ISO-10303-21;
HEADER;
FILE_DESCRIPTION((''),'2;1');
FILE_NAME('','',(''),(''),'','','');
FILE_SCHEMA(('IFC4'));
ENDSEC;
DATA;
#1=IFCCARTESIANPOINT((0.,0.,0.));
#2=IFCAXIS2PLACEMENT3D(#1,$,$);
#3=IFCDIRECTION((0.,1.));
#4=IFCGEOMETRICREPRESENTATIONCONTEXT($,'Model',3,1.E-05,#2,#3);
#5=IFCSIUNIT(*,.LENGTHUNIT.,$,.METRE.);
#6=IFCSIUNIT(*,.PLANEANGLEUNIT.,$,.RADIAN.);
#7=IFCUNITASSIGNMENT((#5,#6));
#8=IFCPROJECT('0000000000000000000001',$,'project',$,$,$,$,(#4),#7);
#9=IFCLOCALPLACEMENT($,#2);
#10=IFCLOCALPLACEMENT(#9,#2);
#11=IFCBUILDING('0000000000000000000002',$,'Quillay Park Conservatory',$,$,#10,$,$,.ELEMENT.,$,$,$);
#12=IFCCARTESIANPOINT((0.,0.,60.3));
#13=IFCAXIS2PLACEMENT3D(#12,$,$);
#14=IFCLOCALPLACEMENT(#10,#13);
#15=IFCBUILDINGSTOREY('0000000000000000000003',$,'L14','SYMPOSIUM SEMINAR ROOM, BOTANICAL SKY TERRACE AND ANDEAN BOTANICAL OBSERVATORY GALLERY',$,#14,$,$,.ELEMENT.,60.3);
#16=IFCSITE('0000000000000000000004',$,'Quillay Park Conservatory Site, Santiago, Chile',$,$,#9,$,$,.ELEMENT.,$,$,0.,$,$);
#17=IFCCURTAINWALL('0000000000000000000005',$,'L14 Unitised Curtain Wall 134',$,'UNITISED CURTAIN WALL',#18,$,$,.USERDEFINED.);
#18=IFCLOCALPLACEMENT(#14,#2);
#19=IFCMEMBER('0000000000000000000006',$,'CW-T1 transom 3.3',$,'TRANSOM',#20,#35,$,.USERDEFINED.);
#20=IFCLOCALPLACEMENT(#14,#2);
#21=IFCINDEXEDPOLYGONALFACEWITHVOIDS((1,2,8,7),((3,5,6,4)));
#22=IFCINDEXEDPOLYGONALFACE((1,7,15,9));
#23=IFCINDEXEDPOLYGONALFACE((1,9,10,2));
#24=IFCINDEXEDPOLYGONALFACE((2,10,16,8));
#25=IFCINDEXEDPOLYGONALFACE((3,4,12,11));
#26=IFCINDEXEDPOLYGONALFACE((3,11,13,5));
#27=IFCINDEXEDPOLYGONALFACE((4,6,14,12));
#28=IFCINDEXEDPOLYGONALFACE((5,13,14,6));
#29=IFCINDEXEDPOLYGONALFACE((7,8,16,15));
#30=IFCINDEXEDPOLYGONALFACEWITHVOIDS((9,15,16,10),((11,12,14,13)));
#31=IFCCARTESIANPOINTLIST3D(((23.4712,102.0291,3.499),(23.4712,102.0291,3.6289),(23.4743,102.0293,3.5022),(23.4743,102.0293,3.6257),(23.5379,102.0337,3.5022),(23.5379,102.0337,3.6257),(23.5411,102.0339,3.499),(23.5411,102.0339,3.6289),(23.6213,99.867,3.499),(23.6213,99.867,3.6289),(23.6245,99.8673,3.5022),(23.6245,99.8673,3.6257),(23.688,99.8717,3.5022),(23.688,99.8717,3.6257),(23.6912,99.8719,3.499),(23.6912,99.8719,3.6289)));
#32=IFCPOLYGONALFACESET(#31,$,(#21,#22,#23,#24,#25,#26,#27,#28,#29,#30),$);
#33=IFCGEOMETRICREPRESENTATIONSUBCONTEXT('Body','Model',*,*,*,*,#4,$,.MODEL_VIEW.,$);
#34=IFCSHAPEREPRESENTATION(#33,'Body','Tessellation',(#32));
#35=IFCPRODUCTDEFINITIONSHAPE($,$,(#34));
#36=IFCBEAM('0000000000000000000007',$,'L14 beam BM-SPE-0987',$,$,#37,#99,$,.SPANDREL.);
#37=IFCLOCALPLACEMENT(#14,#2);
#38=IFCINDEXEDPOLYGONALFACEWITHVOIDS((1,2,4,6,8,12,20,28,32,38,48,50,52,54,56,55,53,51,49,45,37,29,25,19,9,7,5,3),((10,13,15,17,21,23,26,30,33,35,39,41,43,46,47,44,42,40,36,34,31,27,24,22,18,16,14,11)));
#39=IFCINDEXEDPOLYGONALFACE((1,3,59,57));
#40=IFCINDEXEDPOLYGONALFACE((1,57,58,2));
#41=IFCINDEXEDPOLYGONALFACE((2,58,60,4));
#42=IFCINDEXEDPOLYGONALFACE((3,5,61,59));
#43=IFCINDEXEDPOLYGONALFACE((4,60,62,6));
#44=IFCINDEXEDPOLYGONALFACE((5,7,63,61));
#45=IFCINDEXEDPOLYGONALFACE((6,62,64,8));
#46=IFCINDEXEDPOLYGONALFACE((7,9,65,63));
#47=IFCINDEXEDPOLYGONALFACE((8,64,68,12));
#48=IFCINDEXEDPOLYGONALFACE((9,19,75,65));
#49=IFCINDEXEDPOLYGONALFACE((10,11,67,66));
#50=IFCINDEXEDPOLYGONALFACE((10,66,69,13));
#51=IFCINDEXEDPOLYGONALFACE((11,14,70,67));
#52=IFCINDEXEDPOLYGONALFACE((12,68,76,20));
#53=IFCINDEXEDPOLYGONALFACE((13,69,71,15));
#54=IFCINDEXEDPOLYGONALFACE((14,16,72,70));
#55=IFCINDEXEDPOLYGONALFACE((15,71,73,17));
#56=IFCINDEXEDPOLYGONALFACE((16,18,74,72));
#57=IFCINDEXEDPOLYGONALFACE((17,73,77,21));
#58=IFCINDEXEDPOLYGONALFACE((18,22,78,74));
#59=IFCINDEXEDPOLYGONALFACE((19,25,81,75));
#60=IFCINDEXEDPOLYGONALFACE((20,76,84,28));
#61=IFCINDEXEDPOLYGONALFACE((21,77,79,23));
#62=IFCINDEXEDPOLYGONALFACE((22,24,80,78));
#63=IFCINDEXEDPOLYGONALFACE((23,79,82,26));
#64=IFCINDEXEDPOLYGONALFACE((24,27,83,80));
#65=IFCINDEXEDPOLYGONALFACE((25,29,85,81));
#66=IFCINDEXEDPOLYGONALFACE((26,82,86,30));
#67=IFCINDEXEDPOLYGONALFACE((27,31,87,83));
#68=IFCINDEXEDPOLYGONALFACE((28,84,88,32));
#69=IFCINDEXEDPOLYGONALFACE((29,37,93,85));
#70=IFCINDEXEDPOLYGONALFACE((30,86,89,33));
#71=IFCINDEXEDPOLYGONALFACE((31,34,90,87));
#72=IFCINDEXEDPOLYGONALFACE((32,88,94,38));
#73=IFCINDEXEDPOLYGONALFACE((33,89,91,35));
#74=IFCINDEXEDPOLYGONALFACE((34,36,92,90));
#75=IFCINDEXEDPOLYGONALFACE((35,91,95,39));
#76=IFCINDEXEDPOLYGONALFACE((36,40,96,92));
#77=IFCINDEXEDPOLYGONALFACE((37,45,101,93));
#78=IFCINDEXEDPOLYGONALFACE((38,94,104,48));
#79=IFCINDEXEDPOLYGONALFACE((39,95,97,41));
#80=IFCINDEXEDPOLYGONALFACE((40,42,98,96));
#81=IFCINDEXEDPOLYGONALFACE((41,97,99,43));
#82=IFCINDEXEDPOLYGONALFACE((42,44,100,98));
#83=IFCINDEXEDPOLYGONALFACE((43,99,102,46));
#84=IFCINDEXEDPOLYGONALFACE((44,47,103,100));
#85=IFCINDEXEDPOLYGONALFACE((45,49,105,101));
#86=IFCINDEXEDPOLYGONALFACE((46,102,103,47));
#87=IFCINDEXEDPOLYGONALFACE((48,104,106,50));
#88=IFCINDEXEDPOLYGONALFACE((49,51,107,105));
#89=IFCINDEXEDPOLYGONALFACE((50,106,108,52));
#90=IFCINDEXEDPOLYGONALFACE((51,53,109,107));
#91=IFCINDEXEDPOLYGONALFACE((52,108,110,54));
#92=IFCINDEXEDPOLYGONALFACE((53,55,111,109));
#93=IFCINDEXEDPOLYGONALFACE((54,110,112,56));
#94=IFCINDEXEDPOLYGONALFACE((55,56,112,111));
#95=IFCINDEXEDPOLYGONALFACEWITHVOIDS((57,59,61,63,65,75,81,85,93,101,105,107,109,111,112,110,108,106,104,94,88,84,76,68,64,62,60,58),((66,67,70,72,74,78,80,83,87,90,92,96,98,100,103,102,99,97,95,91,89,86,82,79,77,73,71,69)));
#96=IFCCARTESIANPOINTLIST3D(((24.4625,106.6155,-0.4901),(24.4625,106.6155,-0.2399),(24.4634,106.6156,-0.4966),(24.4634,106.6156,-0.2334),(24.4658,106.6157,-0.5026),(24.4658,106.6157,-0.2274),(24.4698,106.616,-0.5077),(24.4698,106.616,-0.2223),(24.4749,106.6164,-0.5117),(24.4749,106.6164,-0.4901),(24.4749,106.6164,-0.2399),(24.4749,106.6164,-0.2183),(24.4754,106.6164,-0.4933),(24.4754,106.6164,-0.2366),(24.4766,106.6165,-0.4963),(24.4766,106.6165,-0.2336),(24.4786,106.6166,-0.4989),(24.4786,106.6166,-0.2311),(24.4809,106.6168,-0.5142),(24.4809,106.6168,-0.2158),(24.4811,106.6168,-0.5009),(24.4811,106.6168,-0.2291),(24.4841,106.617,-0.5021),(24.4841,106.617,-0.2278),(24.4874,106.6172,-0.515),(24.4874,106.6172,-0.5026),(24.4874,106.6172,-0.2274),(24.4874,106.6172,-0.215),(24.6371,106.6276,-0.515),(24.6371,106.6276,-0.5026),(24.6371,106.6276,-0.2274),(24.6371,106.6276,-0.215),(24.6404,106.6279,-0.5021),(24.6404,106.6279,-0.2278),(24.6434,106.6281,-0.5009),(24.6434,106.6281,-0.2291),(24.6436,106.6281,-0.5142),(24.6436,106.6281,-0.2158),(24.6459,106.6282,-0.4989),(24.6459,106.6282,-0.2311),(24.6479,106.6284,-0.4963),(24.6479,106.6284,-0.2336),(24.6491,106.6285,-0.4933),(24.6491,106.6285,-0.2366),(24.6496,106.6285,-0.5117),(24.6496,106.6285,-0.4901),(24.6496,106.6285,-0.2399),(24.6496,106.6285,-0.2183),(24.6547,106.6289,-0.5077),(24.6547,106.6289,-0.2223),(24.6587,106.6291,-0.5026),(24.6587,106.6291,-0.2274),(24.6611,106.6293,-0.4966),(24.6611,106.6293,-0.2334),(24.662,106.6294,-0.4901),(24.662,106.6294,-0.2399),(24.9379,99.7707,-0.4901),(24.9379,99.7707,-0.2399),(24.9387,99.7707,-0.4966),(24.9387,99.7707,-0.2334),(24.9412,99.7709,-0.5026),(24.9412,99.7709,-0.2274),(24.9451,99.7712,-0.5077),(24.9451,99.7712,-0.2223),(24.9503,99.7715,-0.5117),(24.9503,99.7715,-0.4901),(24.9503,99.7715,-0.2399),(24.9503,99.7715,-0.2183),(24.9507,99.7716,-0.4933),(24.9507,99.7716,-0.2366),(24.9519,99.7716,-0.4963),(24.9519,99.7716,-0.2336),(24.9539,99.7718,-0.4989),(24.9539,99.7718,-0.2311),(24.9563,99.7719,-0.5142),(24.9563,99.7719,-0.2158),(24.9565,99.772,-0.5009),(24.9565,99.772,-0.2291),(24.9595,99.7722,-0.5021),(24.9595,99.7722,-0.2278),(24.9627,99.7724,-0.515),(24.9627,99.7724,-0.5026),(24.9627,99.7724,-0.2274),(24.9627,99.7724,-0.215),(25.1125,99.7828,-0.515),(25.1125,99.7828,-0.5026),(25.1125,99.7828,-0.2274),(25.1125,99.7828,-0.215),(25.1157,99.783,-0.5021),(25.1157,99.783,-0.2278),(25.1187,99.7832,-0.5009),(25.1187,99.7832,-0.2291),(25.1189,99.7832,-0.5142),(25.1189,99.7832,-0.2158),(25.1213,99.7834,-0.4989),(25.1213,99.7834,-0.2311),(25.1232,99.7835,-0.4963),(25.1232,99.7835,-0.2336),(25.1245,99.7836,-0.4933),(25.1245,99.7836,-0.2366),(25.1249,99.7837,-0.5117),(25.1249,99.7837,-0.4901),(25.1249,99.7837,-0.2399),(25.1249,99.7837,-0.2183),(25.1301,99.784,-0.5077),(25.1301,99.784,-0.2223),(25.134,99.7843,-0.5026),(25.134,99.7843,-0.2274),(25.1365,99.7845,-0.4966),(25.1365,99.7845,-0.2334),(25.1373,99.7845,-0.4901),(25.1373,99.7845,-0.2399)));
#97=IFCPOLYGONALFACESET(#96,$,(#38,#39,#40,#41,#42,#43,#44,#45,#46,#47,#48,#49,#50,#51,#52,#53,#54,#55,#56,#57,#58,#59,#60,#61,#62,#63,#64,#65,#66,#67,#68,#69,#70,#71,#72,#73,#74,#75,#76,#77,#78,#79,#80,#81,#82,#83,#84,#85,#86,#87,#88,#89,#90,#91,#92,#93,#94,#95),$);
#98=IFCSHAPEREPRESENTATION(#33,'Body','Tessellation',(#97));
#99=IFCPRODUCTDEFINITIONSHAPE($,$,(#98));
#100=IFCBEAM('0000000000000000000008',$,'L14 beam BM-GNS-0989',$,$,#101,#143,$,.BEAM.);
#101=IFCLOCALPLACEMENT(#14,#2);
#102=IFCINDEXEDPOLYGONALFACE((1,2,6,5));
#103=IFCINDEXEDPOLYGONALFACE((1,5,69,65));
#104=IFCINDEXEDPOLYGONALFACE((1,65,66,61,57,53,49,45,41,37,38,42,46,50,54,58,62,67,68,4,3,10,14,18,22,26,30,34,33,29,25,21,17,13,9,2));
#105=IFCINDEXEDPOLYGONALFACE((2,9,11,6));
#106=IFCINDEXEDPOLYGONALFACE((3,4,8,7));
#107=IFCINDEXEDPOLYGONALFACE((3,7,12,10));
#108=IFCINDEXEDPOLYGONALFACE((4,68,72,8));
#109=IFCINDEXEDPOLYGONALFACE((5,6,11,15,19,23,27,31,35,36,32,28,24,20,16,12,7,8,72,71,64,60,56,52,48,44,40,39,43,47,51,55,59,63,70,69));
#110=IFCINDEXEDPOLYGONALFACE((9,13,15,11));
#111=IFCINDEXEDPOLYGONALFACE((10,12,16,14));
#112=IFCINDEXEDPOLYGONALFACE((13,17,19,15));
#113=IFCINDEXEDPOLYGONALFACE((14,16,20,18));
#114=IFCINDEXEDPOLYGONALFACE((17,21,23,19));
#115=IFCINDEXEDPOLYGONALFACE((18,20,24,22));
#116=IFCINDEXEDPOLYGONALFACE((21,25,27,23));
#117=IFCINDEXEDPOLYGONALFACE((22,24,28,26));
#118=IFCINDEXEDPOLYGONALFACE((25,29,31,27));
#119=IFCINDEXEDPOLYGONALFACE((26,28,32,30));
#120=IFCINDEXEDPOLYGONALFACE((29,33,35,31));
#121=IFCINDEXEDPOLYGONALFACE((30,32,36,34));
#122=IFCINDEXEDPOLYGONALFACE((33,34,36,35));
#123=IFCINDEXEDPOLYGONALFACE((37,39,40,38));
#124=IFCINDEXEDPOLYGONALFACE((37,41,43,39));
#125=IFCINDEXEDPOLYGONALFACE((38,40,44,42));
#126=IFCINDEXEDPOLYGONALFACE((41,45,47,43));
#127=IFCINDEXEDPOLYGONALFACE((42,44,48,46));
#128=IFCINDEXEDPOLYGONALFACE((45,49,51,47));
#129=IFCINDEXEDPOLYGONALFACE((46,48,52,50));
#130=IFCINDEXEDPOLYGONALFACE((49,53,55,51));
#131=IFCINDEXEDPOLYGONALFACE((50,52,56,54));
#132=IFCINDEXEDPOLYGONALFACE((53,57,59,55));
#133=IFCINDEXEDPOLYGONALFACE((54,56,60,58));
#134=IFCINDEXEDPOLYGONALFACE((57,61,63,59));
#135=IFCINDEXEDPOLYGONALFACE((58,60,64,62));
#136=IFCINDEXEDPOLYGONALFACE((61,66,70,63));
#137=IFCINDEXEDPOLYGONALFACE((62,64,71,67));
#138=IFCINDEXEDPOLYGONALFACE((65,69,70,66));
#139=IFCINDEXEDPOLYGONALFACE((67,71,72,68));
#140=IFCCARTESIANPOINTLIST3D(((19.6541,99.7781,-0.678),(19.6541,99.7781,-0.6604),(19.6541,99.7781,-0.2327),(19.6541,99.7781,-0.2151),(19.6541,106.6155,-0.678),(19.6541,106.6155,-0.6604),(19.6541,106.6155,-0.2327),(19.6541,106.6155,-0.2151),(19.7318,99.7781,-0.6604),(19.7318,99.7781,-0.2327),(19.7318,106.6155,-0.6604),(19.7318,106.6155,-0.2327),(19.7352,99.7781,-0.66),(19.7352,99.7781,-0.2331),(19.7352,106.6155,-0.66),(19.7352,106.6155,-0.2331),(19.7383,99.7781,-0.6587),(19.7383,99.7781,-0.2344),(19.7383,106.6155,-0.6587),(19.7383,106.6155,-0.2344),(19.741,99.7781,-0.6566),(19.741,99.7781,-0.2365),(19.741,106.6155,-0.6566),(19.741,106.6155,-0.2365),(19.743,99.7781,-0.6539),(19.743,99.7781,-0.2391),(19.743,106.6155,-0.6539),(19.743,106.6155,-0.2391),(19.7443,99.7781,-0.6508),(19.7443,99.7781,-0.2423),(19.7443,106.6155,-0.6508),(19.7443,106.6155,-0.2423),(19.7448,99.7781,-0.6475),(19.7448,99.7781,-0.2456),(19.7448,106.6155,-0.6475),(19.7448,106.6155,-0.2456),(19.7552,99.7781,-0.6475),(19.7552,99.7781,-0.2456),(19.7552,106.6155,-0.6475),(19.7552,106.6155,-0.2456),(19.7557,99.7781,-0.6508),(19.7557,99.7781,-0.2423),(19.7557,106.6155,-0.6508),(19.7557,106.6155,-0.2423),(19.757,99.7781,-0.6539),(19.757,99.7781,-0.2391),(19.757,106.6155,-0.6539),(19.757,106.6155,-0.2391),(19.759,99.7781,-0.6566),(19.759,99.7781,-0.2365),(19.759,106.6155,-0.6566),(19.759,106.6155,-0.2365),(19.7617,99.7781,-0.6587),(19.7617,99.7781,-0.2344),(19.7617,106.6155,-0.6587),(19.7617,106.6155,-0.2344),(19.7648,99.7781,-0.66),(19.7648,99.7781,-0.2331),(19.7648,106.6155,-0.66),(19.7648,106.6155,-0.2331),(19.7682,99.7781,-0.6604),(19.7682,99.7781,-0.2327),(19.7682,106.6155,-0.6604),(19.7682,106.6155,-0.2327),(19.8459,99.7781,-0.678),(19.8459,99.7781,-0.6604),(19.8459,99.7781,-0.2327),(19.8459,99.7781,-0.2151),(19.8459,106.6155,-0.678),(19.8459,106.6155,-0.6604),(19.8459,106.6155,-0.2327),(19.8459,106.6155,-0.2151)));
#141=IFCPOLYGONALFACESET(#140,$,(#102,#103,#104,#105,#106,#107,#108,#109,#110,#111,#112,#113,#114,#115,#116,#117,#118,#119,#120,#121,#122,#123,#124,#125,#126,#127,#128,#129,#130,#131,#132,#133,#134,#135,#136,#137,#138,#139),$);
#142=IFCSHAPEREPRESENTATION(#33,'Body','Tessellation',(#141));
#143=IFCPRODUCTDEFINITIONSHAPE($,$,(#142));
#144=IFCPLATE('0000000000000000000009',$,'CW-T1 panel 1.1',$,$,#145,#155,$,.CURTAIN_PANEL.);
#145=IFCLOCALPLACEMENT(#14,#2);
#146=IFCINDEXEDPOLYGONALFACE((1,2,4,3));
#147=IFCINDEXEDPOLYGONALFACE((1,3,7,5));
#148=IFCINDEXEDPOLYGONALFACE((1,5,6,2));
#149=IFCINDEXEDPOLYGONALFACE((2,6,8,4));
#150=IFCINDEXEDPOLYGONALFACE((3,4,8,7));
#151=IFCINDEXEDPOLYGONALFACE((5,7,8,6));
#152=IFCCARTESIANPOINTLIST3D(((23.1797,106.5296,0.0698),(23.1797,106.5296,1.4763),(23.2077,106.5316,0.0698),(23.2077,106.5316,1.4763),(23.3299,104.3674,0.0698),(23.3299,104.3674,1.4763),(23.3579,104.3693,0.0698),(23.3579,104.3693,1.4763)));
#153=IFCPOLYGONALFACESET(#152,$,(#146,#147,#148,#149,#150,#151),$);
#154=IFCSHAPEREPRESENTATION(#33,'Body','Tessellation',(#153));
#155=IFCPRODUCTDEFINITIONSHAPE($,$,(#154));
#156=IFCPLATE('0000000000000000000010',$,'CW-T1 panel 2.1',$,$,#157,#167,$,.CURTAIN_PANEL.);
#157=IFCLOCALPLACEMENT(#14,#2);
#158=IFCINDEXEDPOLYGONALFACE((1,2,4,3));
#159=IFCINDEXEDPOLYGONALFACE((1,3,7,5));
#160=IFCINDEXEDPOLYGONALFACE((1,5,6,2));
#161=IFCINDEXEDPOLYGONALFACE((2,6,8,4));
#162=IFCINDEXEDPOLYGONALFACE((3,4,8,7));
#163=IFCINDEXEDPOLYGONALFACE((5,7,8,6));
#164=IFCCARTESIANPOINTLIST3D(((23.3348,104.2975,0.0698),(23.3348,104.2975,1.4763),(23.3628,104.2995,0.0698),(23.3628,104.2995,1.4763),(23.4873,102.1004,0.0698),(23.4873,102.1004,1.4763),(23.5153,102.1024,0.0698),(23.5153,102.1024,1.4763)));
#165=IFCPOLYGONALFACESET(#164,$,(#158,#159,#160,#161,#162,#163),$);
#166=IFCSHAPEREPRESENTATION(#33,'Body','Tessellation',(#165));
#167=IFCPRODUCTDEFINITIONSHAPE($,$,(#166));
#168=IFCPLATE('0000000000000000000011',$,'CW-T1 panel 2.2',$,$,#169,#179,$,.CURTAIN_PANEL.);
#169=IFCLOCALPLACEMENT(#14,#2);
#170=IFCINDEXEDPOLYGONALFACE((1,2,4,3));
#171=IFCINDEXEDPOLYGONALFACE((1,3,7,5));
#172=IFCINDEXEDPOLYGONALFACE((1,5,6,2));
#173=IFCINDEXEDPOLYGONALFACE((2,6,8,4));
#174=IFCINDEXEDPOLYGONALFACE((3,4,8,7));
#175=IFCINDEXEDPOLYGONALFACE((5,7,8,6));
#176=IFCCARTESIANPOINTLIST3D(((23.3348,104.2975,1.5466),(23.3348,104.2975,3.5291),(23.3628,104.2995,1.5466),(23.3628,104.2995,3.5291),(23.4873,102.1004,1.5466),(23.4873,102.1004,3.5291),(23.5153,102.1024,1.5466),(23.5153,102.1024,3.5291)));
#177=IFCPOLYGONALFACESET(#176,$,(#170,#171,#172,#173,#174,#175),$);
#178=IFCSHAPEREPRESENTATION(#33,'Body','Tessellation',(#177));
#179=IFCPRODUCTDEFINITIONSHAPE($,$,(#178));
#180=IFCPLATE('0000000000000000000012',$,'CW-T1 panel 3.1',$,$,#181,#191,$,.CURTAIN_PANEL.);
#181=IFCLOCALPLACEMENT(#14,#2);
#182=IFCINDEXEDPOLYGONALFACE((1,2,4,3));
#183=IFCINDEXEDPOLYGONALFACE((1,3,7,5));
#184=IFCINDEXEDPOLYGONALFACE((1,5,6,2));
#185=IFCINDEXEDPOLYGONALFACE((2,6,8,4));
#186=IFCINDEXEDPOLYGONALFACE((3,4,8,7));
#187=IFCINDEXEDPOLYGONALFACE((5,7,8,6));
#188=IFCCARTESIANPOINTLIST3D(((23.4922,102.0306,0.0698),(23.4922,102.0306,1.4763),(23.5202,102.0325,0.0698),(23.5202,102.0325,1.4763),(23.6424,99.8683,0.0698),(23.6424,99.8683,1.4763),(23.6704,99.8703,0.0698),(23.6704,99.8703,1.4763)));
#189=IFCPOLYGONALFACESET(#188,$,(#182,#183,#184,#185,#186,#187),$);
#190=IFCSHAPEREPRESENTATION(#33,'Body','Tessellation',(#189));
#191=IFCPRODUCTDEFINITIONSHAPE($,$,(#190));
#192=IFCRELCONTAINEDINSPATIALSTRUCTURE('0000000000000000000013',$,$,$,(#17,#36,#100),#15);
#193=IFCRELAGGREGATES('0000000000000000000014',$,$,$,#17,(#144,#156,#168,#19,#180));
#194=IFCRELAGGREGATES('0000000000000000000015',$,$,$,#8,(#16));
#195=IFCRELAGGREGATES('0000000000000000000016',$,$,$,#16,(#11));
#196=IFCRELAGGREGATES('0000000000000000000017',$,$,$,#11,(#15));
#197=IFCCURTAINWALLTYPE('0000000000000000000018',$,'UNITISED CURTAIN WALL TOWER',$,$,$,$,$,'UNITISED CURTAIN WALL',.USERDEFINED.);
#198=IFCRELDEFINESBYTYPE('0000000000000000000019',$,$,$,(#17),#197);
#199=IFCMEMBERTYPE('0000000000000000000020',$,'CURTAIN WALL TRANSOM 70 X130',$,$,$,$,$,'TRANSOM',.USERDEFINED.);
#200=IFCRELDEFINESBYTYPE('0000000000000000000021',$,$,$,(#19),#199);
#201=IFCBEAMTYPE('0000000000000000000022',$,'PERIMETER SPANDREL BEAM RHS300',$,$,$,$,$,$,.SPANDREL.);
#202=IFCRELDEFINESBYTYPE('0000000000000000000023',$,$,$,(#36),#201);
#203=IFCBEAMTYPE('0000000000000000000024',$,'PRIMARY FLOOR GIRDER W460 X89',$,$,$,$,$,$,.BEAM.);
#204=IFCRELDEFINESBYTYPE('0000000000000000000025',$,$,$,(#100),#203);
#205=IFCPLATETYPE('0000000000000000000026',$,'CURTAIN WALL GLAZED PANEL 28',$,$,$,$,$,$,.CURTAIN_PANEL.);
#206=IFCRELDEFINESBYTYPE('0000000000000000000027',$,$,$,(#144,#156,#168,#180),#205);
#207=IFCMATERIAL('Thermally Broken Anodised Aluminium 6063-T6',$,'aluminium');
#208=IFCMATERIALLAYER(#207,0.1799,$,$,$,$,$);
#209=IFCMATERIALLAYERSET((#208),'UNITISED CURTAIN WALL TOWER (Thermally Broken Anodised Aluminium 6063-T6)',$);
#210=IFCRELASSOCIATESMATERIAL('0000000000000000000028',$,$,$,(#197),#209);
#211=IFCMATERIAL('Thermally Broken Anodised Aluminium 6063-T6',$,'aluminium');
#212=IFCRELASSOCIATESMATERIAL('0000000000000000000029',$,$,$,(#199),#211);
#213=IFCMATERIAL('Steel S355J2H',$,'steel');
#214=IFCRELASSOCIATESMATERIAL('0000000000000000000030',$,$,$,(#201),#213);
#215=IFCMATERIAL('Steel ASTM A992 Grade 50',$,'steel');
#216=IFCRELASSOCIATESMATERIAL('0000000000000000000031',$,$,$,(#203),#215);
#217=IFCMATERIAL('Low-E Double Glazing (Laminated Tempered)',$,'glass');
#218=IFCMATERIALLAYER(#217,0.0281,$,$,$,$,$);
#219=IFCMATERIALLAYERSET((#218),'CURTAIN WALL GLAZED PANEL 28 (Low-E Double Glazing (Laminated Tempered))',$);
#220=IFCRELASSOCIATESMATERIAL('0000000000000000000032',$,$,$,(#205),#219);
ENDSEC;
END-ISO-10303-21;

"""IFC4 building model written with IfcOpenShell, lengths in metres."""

from ifc_helpers import new_model, si_unit, direction, frame, origin, origin_2d, place, context, subcontext, project, spatial, rectangle, hollow_rectangle, i_section, extrude, material, layer, layer_set, material_profile, profile_set, type_object, element, aggregate, save


model = new_model("IFC4")

# Units and contexts
model_context = context("Model", 3, precision=1e-05, world=origin(), true_north=direction((0.0, 1.0)))
body_context = subcontext(model_context, "Body", "Model", "MODEL_VIEW")
ifc_project = project(units=[si_unit("LENGTHUNIT", "METRE"), si_unit("PLANEANGLEUNIT", "RADIAN")], contexts=[model_context])

# Site, building, storey
site_placement = place(None, origin())
site = spatial("IfcSite", under=ifc_project, at=site_placement, Name="Quillay Park Conservatory Site, Santiago, Chile", CompositionType="ELEMENT", RefElevation=0.0)
building_placement = place(site_placement, origin())
building = spatial("IfcBuilding", under=site, at=building_placement, Name="Quillay Park Conservatory", CompositionType="ELEMENT")
storey_placement = place(building_placement, frame((0.0, 0.0, 60.3)))
storey = spatial("IfcBuildingStorey", under=building, at=storey_placement, Name="L14", Description="SYMPOSIUM SEMINAR ROOM, BOTANICAL SKY TERRACE AND ANDEAN BOTANICAL OBSERVATORY GALLERY", CompositionType="ELEMENT", Elevation=60.3)

# Curtain wall, member
ifc_material_1 = material(Name="Thermally Broken Anodised Aluminium 6063-T6", Category="aluminium")
ifc_layer_1 = layer(ifc_material_1, 0.1799)
ifc_layer_set_1 = layer_set([ifc_layer_1], Name="UNITISED CURTAIN WALL TOWER (Thermally Broken Anodised Aluminium 6063-T6)")
curtain_wall_type = type_object("IfcCurtainWallType", Name="UNITISED CURTAIN WALL TOWER", ElementType="UNITISED CURTAIN WALL", PredefinedType="USERDEFINED", material=ifc_layer_set_1)
curtain_wall_placement = place(storey_placement, origin())
curtain_wall = element("IfcCurtainWall", 1, at=curtain_wall_placement, inside=storey, type_object=curtain_wall_type, Name="L14 Unitised Curtain Wall 134", ObjectType="UNITISED CURTAIN WALL", PredefinedType="USERDEFINED")
ifc_material_2 = material(Name="Thermally Broken Anodised Aluminium 6063-T6", Category="aluminium")
ifc_material_profile_1 = material_profile(ifc_material_2, hollow_rectangle(XDim=0.0701, YDim=0.1299, WallThickness=0.0032, at=origin_2d()), Name="AL70x130x3.2")
ifc_profile_set_1 = profile_set([ifc_material_profile_1], Name="Thermally Broken Anodised Aluminium 6063-T6")
member_type_1 = type_object("IfcMemberType", Name="CURTAIN WALL TRANSOM 70 X130", ElementType="TRANSOM", PredefinedType="USERDEFINED", material=ifc_profile_set_1)
member_1_placement = place(storey_placement, frame((23.5061, 102.0315, 3.564), z_axis=(0.069278, -0.997597, 0.0), x_axis=(0.997597, 0.069278, 0.0)))
member_1 = element("IfcMember", 2, at=member_1_placement, type_object=member_type_1, Name="CW-T1 transom 3.3", ObjectType="TRANSOM", PredefinedType="USERDEFINED", context=body_context, shape_type="SweptSolid", body=[
    extrude(hollow_rectangle(XDim=0.0701, YDim=0.1299, WallThickness=0.0032, at=origin_2d()), origin(), (0.0, 0.0, 1.0), 2.1672),
])

# Beams
ifc_material_3 = material(Name="Steel S355J2H", Category="steel")
ifc_material_profile_2 = material_profile(ifc_material_3, hollow_rectangle(XDim=0.2, YDim=0.3, WallThickness=0.0125, InnerFilletRadius=0.0125, OuterFilletRadius=0.0249, at=origin_2d()), Name="RHS300x200x12.5")
ifc_profile_set_2 = profile_set([ifc_material_profile_2], Name="Steel S355J2H")
beam_type_1 = type_object("IfcBeamType", Name="PERIMETER SPANDREL BEAM RHS300", PredefinedType="SPANDREL", material=ifc_profile_set_2)
beam_1_placement = place(storey_placement, frame((25.0376, 99.7776, -0.365), z_axis=(-0.06928, 0.997597, 0.0), x_axis=(-0.997597, -0.06928, 0.0)))
element("IfcBeam", 3, at=beam_1_placement, inside=storey, type_object=beam_type_1, Name="L14 beam BM-SPE-0987", PredefinedType="SPANDREL", context=body_context, shape_type="SweptSolid", body=[
    extrude(hollow_rectangle(XDim=0.2, YDim=0.3, WallThickness=0.0125, InnerFilletRadius=0.0125, OuterFilletRadius=0.0249, at=origin_2d()), origin(), (0.0, 0.0, 1.0), 6.8613),
])
ifc_material_4 = material(Name="Steel ASTM A992 Grade 50", Category="steel")
ifc_material_profile_3 = material_profile(ifc_material_4, i_section(OverallWidth=0.1919, OverallDepth=0.4629, WebThickness=0.0105, FlangeThickness=0.0176, FilletRadius=0.0129, at=origin_2d()), Name="W460x89")
ifc_profile_set_3 = profile_set([ifc_material_profile_3], Name="Steel ASTM A992 Grade 50")
beam_type_2 = type_object("IfcBeamType", Name="PRIMARY FLOOR GIRDER W460 X89", PredefinedType="BEAM", material=ifc_profile_set_3)
beam_2_placement = place(storey_placement, frame((19.75, 99.7781, -0.4465), z_axis=(0.0, 1.0, 0.0), x_axis=(-1.0, 0.0, 0.0)))
element("IfcBeam", 4, at=beam_2_placement, inside=storey, type_object=beam_type_2, Name="L14 beam BM-GNS-0989", PredefinedType="BEAM", context=body_context, shape_type="SweptSolid", body=[
    extrude(i_section(OverallWidth=0.1919, OverallDepth=0.4629, WebThickness=0.0105, FlangeThickness=0.0176, FilletRadius=0.0129, at=origin_2d()), origin(), (0.0, 0.0, 1.0), 6.8374),
])

# Plates
ifc_material_5 = material(Name="Low-E Double Glazing (Laminated Tempered)", Category="glass")
ifc_layer_2 = layer(ifc_material_5, 0.0281)
ifc_layer_set_2 = layer_set([ifc_layer_2], Name="CURTAIN WALL GLAZED PANEL 28 (Low-E Double Glazing (Laminated Tempered))")
plate_type = type_object("IfcPlateType", Name="CURTAIN WALL GLAZED PANEL 28", PredefinedType="CURTAIN_PANEL", material=ifc_layer_set_2)
plate_1_placement = place(storey_placement, frame((23.2688, 105.4495, 0.0698), z_axis=(0.0, 0.0, 1.0), x_axis=(0.069264, -0.997598, 0.0)))
plate_1 = element("IfcPlate", 5, at=plate_1_placement, type_object=plate_type, Name="CW-T1 panel 1.1", PredefinedType="CURTAIN_PANEL", context=body_context, shape_type="SweptSolid", body=[
    extrude(rectangle(XDim=2.1675, YDim=0.0281, at=origin_2d()), origin(), (0.0, 0.0, 1.0), 1.4065),
])
plate_2_placement = place(storey_placement, frame((23.425, 103.2, 0.0698), z_axis=(0.0, 0.0, 1.0), x_axis=(0.069264, -0.997598, 0.0)))
plate_2 = element("IfcPlate", 6, at=plate_2_placement, type_object=plate_type, Name="CW-T1 panel 2.1", PredefinedType="CURTAIN_PANEL", context=body_context, shape_type="SweptSolid", body=[
    extrude(rectangle(XDim=2.2024, YDim=0.0281, at=origin_2d()), origin(), (0.0, 0.0, 1.0), 1.4065),
])
plate_3_placement = place(storey_placement, frame((23.425, 103.2, 1.5466), z_axis=(0.0, 0.0, 1.0), x_axis=(0.069264, -0.997598, 0.0)))
plate_3 = element("IfcPlate", 7, at=plate_3_placement, type_object=plate_type, Name="CW-T1 panel 2.2", PredefinedType="CURTAIN_PANEL", context=body_context, shape_type="SweptSolid", body=[
    extrude(rectangle(XDim=2.2024, YDim=0.0281, at=origin_2d()), origin(), (0.0, 0.0, 1.0), 1.9824),
])
plate_4_placement = place(storey_placement, frame((23.5813, 100.9504, 0.0698), z_axis=(0.0, 0.0, 1.0), x_axis=(0.069264, -0.997598, 0.0)))
plate_4 = element("IfcPlate", 8, at=plate_4_placement, type_object=plate_type, Name="CW-T1 panel 3.1", PredefinedType="CURTAIN_PANEL", context=body_context, shape_type="SweptSolid", body=[
    extrude(rectangle(XDim=2.1675, YDim=0.0281, at=origin_2d()), origin(), (0.0, 0.0, 1.0), 1.4065),
])
aggregate(curtain_wall, [plate_1, plate_2, plate_3, member_1, plate_4])

save(model, "model.ifc")
